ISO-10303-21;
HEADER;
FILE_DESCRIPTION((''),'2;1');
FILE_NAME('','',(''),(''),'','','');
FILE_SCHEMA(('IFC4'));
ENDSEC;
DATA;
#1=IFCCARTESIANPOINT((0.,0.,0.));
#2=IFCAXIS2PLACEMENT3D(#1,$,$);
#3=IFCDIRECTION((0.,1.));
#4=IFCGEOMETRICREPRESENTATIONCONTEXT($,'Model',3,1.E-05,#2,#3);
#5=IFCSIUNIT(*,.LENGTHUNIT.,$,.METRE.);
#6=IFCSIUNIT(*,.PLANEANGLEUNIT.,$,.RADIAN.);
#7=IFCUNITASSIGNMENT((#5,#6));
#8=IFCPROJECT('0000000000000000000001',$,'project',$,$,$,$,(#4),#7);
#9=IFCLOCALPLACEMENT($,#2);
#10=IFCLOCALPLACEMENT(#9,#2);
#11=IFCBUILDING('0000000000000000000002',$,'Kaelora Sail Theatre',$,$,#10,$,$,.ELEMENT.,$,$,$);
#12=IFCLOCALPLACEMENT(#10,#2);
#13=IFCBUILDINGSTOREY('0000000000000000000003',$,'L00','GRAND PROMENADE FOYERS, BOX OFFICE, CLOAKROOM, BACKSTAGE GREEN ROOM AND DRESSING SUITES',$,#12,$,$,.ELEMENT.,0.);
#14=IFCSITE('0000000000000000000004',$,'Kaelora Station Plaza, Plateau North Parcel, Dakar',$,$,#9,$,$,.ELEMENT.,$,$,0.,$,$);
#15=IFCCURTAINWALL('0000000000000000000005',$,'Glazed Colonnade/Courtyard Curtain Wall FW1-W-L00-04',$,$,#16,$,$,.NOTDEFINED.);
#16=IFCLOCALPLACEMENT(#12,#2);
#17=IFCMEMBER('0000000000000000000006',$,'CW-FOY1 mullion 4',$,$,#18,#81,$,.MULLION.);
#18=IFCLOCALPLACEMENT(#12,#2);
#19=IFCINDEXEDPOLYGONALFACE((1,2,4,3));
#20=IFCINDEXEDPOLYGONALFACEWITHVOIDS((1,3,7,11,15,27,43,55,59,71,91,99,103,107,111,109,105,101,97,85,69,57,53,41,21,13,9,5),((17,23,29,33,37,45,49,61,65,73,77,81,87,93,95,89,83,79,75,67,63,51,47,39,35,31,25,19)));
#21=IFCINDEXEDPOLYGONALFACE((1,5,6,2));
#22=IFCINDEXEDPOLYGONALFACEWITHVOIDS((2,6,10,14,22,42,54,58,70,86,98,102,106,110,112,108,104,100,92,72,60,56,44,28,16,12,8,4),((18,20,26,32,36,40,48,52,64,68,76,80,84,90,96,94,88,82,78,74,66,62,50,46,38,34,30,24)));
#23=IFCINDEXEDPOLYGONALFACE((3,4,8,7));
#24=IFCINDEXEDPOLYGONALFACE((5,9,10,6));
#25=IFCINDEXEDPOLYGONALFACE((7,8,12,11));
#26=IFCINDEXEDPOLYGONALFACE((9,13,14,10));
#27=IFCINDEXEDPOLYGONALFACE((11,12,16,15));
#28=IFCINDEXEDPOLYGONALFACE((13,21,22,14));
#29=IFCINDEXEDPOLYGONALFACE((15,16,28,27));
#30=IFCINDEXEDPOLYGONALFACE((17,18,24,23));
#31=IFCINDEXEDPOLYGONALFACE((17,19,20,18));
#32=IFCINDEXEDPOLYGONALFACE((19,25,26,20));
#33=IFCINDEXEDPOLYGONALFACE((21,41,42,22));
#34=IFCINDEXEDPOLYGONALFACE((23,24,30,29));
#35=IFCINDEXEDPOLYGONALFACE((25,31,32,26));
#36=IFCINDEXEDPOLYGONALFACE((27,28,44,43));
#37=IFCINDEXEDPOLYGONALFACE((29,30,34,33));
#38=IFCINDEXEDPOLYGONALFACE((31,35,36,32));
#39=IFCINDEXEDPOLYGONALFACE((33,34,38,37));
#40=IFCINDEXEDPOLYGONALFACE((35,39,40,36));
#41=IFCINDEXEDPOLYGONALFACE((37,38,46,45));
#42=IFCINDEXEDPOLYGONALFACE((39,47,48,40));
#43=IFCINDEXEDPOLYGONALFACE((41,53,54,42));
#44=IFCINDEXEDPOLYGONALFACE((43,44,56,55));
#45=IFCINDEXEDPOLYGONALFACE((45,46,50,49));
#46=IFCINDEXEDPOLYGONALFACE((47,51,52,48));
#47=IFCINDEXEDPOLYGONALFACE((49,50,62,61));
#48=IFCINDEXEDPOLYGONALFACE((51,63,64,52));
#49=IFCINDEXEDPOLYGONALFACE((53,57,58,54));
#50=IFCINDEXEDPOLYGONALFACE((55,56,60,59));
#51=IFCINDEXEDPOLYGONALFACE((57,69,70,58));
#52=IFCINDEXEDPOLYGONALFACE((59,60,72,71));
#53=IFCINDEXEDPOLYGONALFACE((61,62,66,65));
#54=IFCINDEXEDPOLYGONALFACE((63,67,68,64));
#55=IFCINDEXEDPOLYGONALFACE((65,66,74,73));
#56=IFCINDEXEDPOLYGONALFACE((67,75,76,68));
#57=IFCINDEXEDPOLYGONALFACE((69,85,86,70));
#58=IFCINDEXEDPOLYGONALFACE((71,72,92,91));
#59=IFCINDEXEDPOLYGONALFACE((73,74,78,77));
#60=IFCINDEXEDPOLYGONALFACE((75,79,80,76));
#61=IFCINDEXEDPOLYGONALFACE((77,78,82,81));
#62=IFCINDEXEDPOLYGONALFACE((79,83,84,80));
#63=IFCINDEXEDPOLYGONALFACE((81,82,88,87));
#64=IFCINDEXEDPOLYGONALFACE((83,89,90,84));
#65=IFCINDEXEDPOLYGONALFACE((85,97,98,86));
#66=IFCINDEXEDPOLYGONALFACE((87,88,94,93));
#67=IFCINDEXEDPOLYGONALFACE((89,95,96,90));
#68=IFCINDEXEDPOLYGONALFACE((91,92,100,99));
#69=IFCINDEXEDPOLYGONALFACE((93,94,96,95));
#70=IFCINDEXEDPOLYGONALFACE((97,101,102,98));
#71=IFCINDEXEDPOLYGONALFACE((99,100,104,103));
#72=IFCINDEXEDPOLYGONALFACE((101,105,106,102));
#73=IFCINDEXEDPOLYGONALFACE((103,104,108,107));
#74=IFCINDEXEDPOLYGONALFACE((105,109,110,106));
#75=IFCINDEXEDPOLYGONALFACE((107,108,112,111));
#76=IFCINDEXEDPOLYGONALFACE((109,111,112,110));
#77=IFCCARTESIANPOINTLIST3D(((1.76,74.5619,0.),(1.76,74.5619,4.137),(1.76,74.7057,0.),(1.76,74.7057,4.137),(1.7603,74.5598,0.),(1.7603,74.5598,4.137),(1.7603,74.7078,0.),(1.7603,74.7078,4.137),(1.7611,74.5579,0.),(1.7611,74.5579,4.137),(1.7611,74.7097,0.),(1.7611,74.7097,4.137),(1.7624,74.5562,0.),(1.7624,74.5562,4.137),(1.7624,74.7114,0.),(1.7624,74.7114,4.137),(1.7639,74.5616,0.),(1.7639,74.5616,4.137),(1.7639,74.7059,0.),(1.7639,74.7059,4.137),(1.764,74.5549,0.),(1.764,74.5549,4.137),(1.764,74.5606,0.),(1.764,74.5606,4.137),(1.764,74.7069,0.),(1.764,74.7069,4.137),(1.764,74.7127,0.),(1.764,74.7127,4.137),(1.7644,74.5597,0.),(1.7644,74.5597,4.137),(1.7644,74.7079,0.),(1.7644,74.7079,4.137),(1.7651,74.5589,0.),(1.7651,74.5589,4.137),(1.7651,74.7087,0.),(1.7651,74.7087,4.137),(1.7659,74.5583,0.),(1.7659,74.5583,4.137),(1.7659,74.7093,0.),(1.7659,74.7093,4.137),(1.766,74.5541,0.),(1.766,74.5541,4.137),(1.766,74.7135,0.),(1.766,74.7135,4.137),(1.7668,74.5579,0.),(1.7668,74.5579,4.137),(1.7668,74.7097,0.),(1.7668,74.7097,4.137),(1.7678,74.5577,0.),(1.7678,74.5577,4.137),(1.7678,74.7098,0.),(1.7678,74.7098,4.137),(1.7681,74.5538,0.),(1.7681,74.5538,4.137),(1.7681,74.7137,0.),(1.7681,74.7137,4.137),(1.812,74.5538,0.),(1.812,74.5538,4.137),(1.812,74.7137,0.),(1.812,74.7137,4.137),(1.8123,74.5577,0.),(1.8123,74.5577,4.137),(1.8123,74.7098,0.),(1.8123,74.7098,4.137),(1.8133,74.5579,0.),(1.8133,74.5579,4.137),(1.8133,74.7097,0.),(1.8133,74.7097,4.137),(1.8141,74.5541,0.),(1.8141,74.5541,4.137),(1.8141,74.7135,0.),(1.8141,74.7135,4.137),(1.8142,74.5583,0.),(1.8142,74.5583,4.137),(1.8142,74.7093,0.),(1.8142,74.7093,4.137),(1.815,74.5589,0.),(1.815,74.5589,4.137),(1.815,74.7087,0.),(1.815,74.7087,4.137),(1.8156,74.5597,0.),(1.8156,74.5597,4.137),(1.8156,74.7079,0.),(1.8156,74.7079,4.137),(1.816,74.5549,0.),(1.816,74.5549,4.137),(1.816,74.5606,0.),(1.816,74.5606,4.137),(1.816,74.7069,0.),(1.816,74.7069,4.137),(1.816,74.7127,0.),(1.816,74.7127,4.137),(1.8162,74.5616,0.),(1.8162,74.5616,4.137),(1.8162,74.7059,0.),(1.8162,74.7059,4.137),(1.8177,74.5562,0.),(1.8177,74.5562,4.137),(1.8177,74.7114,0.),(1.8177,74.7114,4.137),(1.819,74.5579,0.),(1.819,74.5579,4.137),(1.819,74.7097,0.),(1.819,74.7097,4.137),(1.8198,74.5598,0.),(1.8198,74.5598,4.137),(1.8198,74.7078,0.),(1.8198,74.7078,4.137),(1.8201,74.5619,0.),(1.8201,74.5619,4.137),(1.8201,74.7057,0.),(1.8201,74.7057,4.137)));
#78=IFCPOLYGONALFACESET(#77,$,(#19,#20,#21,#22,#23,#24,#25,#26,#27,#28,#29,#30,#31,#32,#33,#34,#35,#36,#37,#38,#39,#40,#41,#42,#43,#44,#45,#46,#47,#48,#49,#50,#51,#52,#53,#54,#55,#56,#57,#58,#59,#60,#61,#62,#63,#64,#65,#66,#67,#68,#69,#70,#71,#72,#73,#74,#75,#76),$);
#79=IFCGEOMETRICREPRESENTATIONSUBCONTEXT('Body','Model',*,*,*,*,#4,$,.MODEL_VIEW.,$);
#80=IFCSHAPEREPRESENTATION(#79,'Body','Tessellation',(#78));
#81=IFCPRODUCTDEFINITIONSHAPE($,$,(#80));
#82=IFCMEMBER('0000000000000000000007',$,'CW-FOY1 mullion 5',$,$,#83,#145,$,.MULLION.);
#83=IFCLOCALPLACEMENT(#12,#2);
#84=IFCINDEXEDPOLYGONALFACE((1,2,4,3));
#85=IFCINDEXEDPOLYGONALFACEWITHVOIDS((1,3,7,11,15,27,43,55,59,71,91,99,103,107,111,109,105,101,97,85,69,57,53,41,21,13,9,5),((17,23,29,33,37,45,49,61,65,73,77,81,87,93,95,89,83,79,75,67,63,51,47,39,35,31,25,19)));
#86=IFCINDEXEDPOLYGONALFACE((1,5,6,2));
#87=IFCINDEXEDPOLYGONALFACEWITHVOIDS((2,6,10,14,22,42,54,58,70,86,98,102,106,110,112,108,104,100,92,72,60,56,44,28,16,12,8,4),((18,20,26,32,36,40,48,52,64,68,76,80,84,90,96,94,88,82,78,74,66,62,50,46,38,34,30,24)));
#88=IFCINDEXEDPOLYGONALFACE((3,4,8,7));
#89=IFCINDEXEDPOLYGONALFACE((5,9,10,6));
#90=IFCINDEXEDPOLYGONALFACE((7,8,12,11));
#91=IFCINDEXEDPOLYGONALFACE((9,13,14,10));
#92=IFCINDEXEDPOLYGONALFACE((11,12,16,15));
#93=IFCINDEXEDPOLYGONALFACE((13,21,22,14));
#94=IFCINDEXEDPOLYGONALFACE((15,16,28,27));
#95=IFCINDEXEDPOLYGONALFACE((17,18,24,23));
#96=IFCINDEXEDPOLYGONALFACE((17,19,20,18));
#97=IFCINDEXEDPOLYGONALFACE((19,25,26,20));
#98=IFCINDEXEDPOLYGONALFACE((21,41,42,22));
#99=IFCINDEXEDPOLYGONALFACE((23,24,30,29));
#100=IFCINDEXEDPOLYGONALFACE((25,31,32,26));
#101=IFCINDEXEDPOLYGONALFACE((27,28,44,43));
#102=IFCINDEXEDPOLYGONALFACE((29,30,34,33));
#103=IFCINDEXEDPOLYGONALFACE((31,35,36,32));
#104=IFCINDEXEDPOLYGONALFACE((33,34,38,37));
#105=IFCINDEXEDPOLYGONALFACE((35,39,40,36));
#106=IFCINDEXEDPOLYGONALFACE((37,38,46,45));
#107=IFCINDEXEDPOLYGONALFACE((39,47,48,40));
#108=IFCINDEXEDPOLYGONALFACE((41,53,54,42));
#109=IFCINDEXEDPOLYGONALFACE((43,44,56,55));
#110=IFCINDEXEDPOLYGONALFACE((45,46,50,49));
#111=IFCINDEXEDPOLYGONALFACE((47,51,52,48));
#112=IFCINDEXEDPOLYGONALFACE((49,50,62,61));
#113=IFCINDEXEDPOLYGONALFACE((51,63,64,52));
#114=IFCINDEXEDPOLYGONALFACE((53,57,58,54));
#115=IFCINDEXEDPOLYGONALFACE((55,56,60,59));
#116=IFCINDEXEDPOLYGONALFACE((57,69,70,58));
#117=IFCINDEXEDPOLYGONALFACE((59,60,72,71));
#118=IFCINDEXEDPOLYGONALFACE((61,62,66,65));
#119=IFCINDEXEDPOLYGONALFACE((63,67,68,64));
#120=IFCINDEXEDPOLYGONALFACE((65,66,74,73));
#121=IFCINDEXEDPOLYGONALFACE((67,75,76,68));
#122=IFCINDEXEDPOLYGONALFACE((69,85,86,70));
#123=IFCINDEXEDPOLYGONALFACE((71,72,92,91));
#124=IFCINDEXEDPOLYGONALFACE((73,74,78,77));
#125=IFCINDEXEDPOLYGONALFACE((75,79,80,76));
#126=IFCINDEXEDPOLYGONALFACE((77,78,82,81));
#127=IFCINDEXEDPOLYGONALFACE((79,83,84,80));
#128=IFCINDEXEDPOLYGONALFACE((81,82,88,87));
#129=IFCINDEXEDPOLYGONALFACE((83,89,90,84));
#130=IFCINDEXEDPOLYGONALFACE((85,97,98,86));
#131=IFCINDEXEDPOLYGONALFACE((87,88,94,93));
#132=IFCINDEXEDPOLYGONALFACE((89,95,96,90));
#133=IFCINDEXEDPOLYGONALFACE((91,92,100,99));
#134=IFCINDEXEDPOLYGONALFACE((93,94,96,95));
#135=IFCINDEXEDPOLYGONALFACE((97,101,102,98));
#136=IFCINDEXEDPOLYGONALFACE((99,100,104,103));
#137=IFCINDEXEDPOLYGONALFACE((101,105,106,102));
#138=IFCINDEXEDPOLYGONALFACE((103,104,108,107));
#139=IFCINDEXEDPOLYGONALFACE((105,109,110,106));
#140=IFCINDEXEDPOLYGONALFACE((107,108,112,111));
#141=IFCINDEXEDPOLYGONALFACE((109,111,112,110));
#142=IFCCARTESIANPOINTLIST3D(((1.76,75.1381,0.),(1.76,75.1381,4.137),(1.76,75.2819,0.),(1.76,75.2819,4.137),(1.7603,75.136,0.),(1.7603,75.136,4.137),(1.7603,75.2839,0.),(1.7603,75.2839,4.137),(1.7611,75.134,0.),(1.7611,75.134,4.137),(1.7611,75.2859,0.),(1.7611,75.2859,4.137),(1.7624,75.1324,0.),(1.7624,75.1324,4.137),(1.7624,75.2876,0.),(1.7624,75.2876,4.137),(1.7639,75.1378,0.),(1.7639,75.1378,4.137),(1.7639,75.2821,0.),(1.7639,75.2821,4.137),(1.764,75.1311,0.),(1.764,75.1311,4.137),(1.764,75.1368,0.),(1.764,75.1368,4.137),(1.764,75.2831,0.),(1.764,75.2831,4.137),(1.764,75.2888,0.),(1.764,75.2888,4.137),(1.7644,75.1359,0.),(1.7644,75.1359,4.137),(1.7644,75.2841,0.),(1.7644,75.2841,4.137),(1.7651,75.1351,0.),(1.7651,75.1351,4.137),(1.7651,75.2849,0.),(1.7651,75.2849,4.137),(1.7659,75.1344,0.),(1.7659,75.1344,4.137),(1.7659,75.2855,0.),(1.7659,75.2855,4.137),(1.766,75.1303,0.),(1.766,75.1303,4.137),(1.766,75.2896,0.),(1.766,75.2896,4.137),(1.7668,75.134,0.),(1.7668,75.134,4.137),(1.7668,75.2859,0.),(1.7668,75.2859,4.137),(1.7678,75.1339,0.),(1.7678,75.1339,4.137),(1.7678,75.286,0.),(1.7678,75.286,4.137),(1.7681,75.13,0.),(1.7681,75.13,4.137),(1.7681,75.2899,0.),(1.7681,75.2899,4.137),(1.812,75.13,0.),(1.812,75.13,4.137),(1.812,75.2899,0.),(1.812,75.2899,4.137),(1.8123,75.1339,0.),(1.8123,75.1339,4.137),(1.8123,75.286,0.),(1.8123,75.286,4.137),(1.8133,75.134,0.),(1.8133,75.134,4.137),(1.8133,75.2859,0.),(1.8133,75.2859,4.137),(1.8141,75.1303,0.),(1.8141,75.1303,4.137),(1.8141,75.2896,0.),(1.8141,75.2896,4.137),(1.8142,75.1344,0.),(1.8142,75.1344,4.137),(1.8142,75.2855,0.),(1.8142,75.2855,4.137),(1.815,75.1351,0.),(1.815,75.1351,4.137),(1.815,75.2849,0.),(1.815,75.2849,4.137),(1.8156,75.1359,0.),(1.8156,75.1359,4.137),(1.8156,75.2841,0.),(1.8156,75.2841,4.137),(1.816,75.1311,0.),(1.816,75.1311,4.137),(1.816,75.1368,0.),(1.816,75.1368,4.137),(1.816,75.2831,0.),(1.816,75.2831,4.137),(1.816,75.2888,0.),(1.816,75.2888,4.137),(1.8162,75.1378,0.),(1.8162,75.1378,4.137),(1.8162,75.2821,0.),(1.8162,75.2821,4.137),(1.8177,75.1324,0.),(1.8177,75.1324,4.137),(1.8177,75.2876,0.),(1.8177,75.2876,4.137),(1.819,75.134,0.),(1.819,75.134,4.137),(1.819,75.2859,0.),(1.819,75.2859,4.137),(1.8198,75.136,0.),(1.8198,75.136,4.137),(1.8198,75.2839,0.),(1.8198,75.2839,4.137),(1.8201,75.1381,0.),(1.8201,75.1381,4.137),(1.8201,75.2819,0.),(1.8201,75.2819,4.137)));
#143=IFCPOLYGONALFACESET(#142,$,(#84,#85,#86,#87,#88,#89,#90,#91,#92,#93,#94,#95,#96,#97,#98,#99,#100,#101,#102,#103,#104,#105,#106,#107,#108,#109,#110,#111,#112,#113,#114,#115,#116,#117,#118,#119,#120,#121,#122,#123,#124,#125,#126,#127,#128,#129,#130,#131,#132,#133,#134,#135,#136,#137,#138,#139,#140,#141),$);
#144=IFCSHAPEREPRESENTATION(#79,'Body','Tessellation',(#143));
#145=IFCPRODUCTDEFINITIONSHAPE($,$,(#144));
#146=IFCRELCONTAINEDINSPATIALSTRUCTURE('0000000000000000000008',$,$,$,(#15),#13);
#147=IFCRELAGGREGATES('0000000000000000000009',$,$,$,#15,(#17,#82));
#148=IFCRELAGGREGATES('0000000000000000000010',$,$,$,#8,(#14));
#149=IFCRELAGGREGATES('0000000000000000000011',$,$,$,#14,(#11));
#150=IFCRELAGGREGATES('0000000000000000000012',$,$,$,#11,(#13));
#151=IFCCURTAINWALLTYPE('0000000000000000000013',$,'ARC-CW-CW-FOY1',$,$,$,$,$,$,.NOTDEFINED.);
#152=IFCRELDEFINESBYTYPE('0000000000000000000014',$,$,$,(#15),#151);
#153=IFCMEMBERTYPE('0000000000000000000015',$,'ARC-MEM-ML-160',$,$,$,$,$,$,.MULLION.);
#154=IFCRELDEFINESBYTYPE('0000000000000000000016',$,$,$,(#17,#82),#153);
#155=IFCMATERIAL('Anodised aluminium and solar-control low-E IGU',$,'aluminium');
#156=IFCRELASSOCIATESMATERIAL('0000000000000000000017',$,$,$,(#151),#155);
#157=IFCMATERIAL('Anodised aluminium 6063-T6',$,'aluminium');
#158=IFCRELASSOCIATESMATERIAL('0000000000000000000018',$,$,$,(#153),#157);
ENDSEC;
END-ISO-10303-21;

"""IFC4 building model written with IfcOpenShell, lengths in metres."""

from ifc_helpers import new_model, si_unit, direction, frame, origin, origin_2d, place, context, subcontext, project, spatial, hollow_rectangle, extrude, material, material_profile, profile_set, type_object, element, aggregate, save


model = new_model("IFC4")

# Units and contexts
model_context = context("Model", 3, precision=1e-05, world=origin(), true_north=direction((0.0, 1.0)))
body_context = subcontext(model_context, "Body", "Model", "MODEL_VIEW")
ifc_project = project(units=[si_unit("LENGTHUNIT", "METRE"), si_unit("PLANEANGLEUNIT", "RADIAN")], contexts=[model_context])

# Site, building, storey
site_placement = place(None, origin())
site = spatial("IfcSite", under=ifc_project, at=site_placement, Name="Kaelora Station Plaza, Plateau North Parcel, Dakar", CompositionType="ELEMENT", RefElevation=0.0)
building_placement = place(site_placement, origin())
building = spatial("IfcBuilding", under=site, at=building_placement, Name="Kaelora Sail Theatre", CompositionType="ELEMENT")
storey_placement = place(building_placement, origin())
storey = spatial("IfcBuildingStorey", under=building, at=storey_placement, Name="L00", Description="GRAND PROMENADE FOYERS, BOX OFFICE, CLOAKROOM, BACKSTAGE GREEN ROOM AND DRESSING SUITES", CompositionType="ELEMENT", Elevation=0.0)

# Curtain wall, members
ifc_material_1 = material(Name="Anodised aluminium and solar-control low-E IGU", Category="aluminium")
curtain_wall_type = type_object("IfcCurtainWallType", Name="ARC-CW-CW-FOY1", PredefinedType="NOTDEFINED", material=ifc_material_1)
curtain_wall_1_placement = place(storey_placement, origin())
curtain_wall_1 = element("IfcCurtainWall", 1, at=curtain_wall_1_placement, inside=storey, type_object=curtain_wall_type, Name="Glazed Colonnade/Courtyard Curtain Wall FW1-W-L00-04", PredefinedType="NOTDEFINED")
ifc_material_2 = material(Name="Anodised aluminium 6063-T6", Category="aluminium")
ifc_material_profile_1 = material_profile(ifc_material_2, hollow_rectangle(XDim=0.0601, YDim=0.1599, WallThickness=0.0039, InnerFilletRadius=0.0039, OuterFilletRadius=0.0081, at=origin_2d()), Name="ALU-MULL 60x160x4")
ifc_profile_set_1 = profile_set([ifc_material_profile_1], Name="Anodised aluminium 6063-T6")
member_type_1 = type_object("IfcMemberType", Name="ARC-MEM-ML-160", PredefinedType="MULLION", material=ifc_profile_set_1)
member_1_placement = place(storey_placement, frame((1.79, 74.6338, 0.0), z_axis=(0.0, 0.0, 1.0), x_axis=(-1.0, 0.0, 0.0)))
member_1 = element("IfcMember", 2, at=member_1_placement, type_object=member_type_1, Name="CW-FOY1 mullion 4", PredefinedType="MULLION", context=body_context, shape_type="SweptSolid", body=[
    extrude(hollow_rectangle(XDim=0.0601, YDim=0.1599, WallThickness=0.0039, InnerFilletRadius=0.0039, OuterFilletRadius=0.0081, at=origin_2d()), origin(), (0.0, 0.0, 1.0), 4.137),
])
member_2_placement = place(storey_placement, frame((1.79, 75.21, 0.0), z_axis=(0.0, 0.0, 1.0), x_axis=(-1.0, 0.0, 0.0)))
member_2 = element("IfcMember", 3, at=member_2_placement, type_object=member_type_1, Name="CW-FOY1 mullion 5", PredefinedType="MULLION", context=body_context, shape_type="SweptSolid", body=[
    extrude(hollow_rectangle(XDim=0.0601, YDim=0.1599, WallThickness=0.0039, InnerFilletRadius=0.0039, OuterFilletRadius=0.0081, at=origin_2d()), origin(), (0.0, 0.0, 1.0), 4.137),
])

aggregate(curtain_wall_1, [member_1, member_2])

save(model, "model.ifc")
